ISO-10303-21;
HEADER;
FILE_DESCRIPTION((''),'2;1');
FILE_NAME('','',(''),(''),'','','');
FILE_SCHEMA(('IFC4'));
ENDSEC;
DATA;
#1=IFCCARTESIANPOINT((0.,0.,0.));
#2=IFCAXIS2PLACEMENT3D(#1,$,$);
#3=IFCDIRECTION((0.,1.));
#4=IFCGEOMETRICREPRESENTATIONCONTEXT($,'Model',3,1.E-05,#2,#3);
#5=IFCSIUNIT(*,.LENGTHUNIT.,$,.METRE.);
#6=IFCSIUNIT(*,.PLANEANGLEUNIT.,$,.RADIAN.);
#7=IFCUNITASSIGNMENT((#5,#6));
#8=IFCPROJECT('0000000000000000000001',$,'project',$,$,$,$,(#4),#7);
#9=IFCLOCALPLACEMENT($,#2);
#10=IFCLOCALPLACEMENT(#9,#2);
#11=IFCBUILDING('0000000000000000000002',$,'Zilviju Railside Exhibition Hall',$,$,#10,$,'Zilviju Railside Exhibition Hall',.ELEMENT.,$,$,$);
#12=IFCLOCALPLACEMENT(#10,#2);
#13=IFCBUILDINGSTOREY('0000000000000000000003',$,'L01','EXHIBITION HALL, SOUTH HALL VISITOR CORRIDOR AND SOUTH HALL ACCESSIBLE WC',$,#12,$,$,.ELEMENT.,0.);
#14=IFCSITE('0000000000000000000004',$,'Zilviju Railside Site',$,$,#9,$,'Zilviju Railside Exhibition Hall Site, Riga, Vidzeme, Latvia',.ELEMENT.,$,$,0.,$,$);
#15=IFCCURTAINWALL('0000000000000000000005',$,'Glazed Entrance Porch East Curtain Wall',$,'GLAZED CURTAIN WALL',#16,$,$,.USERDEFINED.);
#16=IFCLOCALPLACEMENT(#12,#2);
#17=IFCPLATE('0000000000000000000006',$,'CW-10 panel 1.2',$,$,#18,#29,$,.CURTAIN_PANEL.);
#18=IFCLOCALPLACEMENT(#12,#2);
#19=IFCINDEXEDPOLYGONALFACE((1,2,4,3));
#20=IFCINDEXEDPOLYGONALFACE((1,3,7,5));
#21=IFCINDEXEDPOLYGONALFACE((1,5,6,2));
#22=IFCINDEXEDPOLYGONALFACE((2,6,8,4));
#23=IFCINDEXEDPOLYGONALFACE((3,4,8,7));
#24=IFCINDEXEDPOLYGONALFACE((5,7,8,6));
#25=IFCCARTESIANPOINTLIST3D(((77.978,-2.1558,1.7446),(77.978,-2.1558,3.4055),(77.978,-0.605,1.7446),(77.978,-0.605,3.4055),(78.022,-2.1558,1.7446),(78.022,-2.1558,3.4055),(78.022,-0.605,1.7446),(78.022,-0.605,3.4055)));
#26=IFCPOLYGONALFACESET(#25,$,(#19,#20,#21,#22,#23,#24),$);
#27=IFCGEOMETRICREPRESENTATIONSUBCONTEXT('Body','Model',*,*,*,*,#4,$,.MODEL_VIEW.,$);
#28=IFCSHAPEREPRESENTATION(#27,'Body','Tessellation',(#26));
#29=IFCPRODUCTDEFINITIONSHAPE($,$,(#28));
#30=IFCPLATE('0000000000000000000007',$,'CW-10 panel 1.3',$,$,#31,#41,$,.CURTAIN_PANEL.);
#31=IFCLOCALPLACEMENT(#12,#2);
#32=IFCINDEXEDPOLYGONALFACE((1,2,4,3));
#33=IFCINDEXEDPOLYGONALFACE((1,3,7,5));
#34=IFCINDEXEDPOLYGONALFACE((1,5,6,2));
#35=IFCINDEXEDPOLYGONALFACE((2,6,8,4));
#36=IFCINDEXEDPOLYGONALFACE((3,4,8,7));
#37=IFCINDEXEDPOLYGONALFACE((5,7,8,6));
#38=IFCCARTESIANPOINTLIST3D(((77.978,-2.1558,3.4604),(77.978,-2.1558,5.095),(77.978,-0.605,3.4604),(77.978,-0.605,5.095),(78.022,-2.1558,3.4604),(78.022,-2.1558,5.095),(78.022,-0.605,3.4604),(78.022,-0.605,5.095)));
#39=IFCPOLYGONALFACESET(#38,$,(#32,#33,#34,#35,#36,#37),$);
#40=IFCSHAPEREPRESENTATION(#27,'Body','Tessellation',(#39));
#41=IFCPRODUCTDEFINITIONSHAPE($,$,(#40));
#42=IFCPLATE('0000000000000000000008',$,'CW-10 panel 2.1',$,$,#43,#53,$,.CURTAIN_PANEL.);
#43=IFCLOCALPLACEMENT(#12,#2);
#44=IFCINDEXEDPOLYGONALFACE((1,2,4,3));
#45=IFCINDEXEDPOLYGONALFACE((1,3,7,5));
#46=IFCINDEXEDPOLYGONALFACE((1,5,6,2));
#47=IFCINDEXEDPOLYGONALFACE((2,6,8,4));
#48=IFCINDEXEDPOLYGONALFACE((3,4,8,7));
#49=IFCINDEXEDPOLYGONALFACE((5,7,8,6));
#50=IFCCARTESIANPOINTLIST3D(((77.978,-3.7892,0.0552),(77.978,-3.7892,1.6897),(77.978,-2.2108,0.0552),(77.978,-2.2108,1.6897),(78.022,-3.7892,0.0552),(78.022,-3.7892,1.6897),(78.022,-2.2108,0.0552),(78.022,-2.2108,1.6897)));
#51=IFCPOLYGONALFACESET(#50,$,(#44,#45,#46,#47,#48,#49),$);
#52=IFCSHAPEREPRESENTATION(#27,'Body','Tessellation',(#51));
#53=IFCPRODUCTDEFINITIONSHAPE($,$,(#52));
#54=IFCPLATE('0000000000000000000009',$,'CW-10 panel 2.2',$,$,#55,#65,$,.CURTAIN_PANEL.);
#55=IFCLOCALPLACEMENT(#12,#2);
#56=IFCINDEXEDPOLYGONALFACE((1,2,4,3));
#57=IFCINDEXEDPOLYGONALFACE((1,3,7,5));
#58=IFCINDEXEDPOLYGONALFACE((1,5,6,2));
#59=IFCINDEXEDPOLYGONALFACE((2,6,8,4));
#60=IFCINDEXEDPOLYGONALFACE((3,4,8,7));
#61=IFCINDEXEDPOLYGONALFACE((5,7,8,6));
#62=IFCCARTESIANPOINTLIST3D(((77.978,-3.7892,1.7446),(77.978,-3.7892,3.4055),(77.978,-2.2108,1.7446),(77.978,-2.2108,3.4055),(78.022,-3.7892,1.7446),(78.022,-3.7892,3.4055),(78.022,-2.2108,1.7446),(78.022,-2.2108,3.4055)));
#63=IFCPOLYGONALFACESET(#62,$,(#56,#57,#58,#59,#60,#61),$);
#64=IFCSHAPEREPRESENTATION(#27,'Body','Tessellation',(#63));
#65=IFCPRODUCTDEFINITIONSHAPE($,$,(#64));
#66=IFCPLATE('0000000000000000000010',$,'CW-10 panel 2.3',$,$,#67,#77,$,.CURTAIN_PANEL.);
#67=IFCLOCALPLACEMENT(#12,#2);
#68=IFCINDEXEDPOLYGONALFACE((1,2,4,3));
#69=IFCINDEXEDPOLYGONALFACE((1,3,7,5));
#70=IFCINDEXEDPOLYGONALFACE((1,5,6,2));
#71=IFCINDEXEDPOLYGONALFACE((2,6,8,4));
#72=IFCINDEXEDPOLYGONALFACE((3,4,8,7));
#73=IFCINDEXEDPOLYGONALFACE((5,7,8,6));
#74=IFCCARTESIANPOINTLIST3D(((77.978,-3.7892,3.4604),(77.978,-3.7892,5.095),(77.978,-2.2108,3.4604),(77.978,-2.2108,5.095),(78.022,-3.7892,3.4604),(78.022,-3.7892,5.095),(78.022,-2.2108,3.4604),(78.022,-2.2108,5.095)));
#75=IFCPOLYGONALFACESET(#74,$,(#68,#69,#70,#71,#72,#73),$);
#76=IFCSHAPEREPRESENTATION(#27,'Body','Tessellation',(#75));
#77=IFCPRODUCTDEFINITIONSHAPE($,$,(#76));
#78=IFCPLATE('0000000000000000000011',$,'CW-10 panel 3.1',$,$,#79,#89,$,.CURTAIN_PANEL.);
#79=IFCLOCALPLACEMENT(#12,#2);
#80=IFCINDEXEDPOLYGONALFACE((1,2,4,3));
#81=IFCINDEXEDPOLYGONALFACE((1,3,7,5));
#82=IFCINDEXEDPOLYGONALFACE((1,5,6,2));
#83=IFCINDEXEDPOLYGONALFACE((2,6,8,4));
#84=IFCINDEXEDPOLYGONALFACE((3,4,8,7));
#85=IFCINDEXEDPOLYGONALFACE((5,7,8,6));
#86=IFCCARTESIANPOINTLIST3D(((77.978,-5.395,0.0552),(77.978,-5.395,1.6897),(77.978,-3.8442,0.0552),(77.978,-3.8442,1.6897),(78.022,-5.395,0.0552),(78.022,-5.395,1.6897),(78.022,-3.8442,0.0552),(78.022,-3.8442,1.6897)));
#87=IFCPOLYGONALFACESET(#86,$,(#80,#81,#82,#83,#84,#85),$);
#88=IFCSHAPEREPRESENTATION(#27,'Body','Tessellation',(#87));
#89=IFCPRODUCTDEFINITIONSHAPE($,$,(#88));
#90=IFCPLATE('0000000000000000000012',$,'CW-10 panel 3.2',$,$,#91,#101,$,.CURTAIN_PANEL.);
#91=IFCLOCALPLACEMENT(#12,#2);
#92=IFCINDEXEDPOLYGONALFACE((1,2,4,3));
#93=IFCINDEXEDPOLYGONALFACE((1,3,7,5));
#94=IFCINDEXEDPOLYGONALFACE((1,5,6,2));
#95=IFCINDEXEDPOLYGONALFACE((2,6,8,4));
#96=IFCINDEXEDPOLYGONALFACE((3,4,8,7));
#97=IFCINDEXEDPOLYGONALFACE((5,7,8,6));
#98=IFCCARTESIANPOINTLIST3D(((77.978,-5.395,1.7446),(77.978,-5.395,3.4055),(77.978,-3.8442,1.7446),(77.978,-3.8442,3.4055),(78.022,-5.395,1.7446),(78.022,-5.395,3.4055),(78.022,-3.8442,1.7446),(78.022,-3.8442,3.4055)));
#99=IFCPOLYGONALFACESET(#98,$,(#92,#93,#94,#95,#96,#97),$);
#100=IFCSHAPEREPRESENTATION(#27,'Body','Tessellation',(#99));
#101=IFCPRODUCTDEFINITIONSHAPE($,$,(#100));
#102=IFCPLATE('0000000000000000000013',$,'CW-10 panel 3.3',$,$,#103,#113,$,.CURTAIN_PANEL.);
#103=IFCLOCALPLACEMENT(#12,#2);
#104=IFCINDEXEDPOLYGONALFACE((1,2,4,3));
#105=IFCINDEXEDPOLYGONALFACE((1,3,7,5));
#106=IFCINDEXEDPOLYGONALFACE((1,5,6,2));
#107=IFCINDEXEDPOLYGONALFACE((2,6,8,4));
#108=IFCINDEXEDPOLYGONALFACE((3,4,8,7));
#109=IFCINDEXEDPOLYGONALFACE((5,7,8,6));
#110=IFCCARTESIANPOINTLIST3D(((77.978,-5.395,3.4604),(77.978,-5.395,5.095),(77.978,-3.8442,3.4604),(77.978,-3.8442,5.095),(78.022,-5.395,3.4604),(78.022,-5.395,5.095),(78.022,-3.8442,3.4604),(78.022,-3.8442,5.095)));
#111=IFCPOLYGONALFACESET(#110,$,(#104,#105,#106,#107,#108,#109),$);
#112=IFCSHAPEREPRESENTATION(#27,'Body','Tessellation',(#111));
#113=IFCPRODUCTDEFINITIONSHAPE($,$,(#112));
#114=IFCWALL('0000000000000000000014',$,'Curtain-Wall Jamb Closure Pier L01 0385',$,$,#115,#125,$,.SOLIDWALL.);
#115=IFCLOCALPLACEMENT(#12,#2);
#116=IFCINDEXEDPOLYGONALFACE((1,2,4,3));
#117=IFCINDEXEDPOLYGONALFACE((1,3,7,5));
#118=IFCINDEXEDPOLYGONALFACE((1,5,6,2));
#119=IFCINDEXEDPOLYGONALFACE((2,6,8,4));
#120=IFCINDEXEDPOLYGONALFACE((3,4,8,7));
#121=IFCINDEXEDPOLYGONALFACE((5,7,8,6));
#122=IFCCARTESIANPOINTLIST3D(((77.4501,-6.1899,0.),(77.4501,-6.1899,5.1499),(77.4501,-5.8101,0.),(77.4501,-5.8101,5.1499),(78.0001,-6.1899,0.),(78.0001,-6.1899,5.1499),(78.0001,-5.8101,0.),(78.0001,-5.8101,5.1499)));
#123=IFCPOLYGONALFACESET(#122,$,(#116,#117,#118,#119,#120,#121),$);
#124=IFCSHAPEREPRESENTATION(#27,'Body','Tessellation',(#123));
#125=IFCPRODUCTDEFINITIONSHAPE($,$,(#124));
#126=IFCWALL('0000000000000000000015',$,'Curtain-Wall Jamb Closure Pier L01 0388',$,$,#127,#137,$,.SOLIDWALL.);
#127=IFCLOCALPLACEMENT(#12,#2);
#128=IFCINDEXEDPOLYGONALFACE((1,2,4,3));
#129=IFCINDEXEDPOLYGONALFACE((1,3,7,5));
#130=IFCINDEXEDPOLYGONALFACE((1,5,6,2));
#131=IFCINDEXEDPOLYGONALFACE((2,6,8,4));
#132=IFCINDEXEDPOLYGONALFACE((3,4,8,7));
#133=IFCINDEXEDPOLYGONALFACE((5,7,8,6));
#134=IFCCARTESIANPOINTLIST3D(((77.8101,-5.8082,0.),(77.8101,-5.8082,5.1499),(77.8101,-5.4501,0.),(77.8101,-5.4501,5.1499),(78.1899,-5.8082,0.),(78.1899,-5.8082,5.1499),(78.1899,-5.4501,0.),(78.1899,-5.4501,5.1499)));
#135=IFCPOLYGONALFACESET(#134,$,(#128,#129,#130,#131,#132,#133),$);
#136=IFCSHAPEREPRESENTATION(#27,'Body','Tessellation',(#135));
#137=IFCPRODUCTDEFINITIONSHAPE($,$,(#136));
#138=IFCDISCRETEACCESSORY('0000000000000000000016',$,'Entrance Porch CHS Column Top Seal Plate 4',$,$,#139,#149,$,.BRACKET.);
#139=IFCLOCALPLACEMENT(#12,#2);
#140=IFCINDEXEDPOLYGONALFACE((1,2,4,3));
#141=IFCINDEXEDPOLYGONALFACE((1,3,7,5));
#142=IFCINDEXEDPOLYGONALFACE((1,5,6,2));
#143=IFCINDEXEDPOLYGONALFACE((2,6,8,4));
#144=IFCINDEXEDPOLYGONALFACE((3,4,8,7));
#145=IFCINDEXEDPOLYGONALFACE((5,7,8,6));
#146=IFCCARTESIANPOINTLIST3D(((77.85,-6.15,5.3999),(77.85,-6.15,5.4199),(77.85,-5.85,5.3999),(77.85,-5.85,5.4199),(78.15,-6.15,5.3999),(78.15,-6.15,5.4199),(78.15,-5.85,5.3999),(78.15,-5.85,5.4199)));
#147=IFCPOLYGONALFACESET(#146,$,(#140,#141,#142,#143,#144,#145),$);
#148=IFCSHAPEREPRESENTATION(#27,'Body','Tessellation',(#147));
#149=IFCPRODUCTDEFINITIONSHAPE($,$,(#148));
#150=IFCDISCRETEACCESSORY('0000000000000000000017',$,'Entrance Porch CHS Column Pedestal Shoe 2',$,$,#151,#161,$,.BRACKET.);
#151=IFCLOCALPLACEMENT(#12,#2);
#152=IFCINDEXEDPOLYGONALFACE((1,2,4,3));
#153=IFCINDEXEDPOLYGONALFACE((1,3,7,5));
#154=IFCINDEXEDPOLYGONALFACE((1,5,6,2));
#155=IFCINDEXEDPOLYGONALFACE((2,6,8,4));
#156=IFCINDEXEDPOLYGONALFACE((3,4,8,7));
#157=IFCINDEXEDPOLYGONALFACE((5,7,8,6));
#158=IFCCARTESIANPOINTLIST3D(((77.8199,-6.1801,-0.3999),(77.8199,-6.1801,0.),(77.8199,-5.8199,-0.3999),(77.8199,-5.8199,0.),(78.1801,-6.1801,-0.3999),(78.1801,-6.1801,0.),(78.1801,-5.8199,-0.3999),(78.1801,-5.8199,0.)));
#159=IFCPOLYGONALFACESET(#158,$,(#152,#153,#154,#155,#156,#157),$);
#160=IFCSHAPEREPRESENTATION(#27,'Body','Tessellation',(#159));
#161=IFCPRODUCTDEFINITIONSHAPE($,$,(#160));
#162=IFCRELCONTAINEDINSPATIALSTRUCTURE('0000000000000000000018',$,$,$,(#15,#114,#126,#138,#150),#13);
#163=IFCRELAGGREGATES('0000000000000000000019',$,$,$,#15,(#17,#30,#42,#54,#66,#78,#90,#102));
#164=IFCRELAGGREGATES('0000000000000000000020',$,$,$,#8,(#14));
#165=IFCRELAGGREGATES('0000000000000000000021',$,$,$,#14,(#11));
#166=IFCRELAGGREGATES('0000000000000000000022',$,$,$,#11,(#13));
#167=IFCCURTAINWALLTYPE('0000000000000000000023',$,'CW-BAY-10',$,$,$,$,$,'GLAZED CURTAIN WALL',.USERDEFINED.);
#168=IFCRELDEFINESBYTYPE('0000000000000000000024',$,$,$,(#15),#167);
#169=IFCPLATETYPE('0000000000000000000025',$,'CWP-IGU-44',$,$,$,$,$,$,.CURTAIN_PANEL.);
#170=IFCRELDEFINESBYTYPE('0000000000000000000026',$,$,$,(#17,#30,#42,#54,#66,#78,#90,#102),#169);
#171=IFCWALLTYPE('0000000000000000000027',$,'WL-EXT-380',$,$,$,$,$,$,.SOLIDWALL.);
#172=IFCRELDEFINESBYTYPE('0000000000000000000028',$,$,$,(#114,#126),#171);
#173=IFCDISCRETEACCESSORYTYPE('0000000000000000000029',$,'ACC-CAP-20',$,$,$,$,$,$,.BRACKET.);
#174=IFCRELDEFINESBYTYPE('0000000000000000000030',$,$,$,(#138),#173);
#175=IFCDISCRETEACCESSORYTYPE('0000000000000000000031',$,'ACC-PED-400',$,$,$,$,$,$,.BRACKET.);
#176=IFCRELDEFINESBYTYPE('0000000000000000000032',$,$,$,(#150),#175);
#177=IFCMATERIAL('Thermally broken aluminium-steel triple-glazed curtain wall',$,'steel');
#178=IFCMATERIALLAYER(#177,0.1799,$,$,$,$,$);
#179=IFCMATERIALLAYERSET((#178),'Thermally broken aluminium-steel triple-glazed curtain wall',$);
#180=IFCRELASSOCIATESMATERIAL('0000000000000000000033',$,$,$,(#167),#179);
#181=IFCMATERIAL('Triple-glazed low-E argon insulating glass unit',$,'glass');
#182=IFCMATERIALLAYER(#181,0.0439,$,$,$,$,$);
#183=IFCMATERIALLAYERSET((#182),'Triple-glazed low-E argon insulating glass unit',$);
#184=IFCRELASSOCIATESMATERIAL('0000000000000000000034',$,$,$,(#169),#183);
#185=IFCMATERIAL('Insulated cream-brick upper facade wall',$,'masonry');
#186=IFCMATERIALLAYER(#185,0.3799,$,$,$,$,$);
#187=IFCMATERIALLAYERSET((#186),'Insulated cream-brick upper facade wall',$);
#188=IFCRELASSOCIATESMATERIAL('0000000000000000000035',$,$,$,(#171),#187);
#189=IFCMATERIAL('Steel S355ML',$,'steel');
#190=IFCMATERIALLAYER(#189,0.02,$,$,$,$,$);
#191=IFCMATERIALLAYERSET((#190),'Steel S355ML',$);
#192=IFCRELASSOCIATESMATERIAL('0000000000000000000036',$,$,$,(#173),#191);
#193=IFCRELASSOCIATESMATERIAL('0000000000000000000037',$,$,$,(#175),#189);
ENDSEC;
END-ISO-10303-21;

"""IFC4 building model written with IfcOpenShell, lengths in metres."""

from ifc_helpers import new_model, si_unit, direction, frame, frame_2d, origin, origin_2d, place, context, subcontext, project, spatial, rectangle, extrude, material, layer, layer_set, type_object, element, aggregate, save


model = new_model("IFC4")

# Units and contexts
model_context = context("Model", 3, precision=1e-05, world=origin(), true_north=direction((0.0, 1.0)))
body_context = subcontext(model_context, "Body", "Model", "MODEL_VIEW")
ifc_project = project(units=[si_unit("LENGTHUNIT", "METRE"), si_unit("PLANEANGLEUNIT", "RADIAN")], contexts=[model_context])

# Site, building, storey
site_placement = place(None, origin())
site = spatial("IfcSite", under=ifc_project, at=site_placement, Name="Zilviju Railside Site", LongName="Zilviju Railside Exhibition Hall Site, Riga, Vidzeme, Latvia", CompositionType="ELEMENT", RefElevation=0.0)
building_placement = place(site_placement, origin())
building = spatial("IfcBuilding", under=site, at=building_placement, Name="Zilviju Railside Exhibition Hall", LongName="Zilviju Railside Exhibition Hall", CompositionType="ELEMENT")
storey_placement = place(building_placement, origin())
storey = spatial("IfcBuildingStorey", under=building, at=storey_placement, Name="L01", Description="EXHIBITION HALL, SOUTH HALL VISITOR CORRIDOR AND SOUTH HALL ACCESSIBLE WC", CompositionType="ELEMENT", Elevation=0.0)

# Shared definitions
ifc_material_1 = material(Name="Steel S355ML", Category="steel")

# Curtain wall
ifc_material_2 = material(Name="Thermally broken aluminium-steel triple-glazed curtain wall", Category="steel")
ifc_layer_1 = layer(ifc_material_2, 0.1799)
ifc_layer_set_1 = layer_set([ifc_layer_1], Name="Thermally broken aluminium-steel triple-glazed curtain wall")
curtain_wall_type_1 = type_object("IfcCurtainWallType", Name="CW-BAY-10", ElementType="GLAZED CURTAIN WALL", PredefinedType="USERDEFINED", material=ifc_layer_set_1)
curtain_wall_1_placement = place(storey_placement, origin())
curtain_wall_1 = element("IfcCurtainWall", 1, at=curtain_wall_1_placement, inside=storey, type_object=curtain_wall_type_1, Name="Glazed Entrance Porch East Curtain Wall", ObjectType="GLAZED CURTAIN WALL", PredefinedType="USERDEFINED")

# Plates
ifc_material_3 = material(Name="Triple-glazed low-E argon insulating glass unit", Category="glass")
ifc_layer_2 = layer(ifc_material_3, 0.0439)
ifc_layer_set_2 = layer_set([ifc_layer_2], Name="Triple-glazed low-E argon insulating glass unit")
plate_type = type_object("IfcPlateType", Name="CWP-IGU-44", PredefinedType="CURTAIN_PANEL", material=ifc_layer_set_2)
plate_1_placement = place(storey_placement, frame((78.0, -1.3804, 1.7446), z_axis=(0.0, 0.0, 1.0), x_axis=(0.0, -1.0, 0.0)))
plate_1 = element("IfcPlate", 2, at=plate_1_placement, type_object=plate_type, Name="CW-10 panel 1.2", PredefinedType="CURTAIN_PANEL", context=body_context, shape_type="SweptSolid", body=[
    extrude(rectangle(XDim=1.5508, YDim=0.0439, at=origin_2d()), origin(), (0.0, 0.0, 1.0), 1.6609),
])
plate_2_placement = place(storey_placement, frame((78.0, -1.3804, 3.4604), z_axis=(0.0, 0.0, 1.0), x_axis=(0.0, -1.0, 0.0)))
plate_2 = element("IfcPlate", 3, at=plate_2_placement, type_object=plate_type, Name="CW-10 panel 1.3", PredefinedType="CURTAIN_PANEL", context=body_context, shape_type="SweptSolid", body=[
    extrude(rectangle(XDim=1.5508, YDim=0.0439, at=origin_2d()), origin(), (0.0, 0.0, 1.0), 1.6345),
])
plate_3_placement = place(storey_placement, frame((78.0, -3.0, 0.0552), z_axis=(0.0, 0.0, 1.0), x_axis=(0.0, -1.0, 0.0)))
plate_3 = element("IfcPlate", 4, at=plate_3_placement, type_object=plate_type, Name="CW-10 panel 2.1", PredefinedType="CURTAIN_PANEL", context=body_context, shape_type="SweptSolid", body=[
    extrude(rectangle(XDim=1.5784, YDim=0.0439, at=origin_2d()), origin(), (0.0, 0.0, 1.0), 1.6345),
])
plate_4_placement = place(storey_placement, frame((78.0, -3.0, 1.7446), z_axis=(0.0, 0.0, 1.0), x_axis=(0.0, -1.0, 0.0)))
plate_4 = element("IfcPlate", 5, at=plate_4_placement, type_object=plate_type, Name="CW-10 panel 2.2", PredefinedType="CURTAIN_PANEL", context=body_context, shape_type="SweptSolid", body=[
    extrude(rectangle(XDim=1.5784, YDim=0.0439, at=origin_2d()), origin(), (0.0, 0.0, 1.0), 1.6609),
])
plate_5_placement = place(storey_placement, frame((78.0, -3.0, 3.4604), z_axis=(0.0, 0.0, 1.0), x_axis=(0.0, -1.0, 0.0)))
plate_5 = element("IfcPlate", 6, at=plate_5_placement, type_object=plate_type, Name="CW-10 panel 2.3", PredefinedType="CURTAIN_PANEL", context=body_context, shape_type="SweptSolid", body=[
    extrude(rectangle(XDim=1.5784, YDim=0.0439, at=origin_2d()), origin(), (0.0, 0.0, 1.0), 1.6345),
])
plate_6_placement = place(storey_placement, frame((78.0, -4.6196, 0.0552), z_axis=(0.0, 0.0, 1.0), x_axis=(0.0, -1.0, 0.0)))
plate_6 = element("IfcPlate", 7, at=plate_6_placement, type_object=plate_type, Name="CW-10 panel 3.1", PredefinedType="CURTAIN_PANEL", context=body_context, shape_type="SweptSolid", body=[
    extrude(rectangle(XDim=1.5508, YDim=0.0439, at=origin_2d()), origin(), (0.0, 0.0, 1.0), 1.6345),
])
plate_7_placement = place(storey_placement, frame((78.0, -4.6196, 1.7446), z_axis=(0.0, 0.0, 1.0), x_axis=(0.0, -1.0, 0.0)))
plate_7 = element("IfcPlate", 8, at=plate_7_placement, type_object=plate_type, Name="CW-10 panel 3.2", PredefinedType="CURTAIN_PANEL", context=body_context, shape_type="SweptSolid", body=[
    extrude(rectangle(XDim=1.5508, YDim=0.0439, at=origin_2d()), origin(), (0.0, 0.0, 1.0), 1.6609),
])
plate_8_placement = place(storey_placement, frame((78.0, -4.6196, 3.4604), z_axis=(0.0, 0.0, 1.0), x_axis=(0.0, -1.0, 0.0)))
plate_8 = element("IfcPlate", 9, at=plate_8_placement, type_object=plate_type, Name="CW-10 panel 3.3", PredefinedType="CURTAIN_PANEL", context=body_context, shape_type="SweptSolid", body=[
    extrude(rectangle(XDim=1.5508, YDim=0.0439, at=origin_2d()), origin(), (0.0, 0.0, 1.0), 1.6345),
])
aggregate(curtain_wall_1, [plate_1, plate_2, plate_3, plate_4, plate_5, plate_6, plate_7, plate_8])

# Walls
ifc_material_4 = material(Name="Insulated cream-brick upper facade wall", Category="masonry")
ifc_layer_3 = layer(ifc_material_4, 0.3799)
ifc_layer_set_3 = layer_set([ifc_layer_3], Name="Insulated cream-brick upper facade wall")
wall_type = type_object("IfcWallType", Name="WL-EXT-380", PredefinedType="SOLIDWALL", material=ifc_layer_set_3)
wall_1_placement = place(storey_placement, frame((78.0, -6.0, 0.0), z_axis=(0.0, 0.0, 1.0), x_axis=(-1.0, 0.0, 0.0)))
element("IfcWall", 10, at=wall_1_placement, inside=storey, type_object=wall_type, Name="Curtain-Wall Jamb Closure Pier L01 0385", PredefinedType="SOLIDWALL", context=body_context, shape_type="SweptSolid", body=[
    extrude(rectangle(XDim=0.55, YDim=0.3799, at=frame_2d((0.2749, 0.0))), origin(), (0.0, 0.0, 1.0), 5.1499),
])
wall_2_placement = place(storey_placement, frame((78.0, -5.45, 0.0), z_axis=(0.0, 0.0, 1.0), x_axis=(0.0, -1.0, 0.0)))
element("IfcWall", 11, at=wall_2_placement, inside=storey, type_object=wall_type, Name="Curtain-Wall Jamb Closure Pier L01 0388", PredefinedType="SOLIDWALL", context=body_context, shape_type="SweptSolid", body=[
    extrude(rectangle(XDim=0.3582, YDim=0.3799, at=frame_2d((0.1792, 0.0))), origin(), (0.0, 0.0, 1.0), 5.1499),
])

# Discrete accessories
ifc_layer_4 = layer(ifc_material_1, 0.02)
ifc_layer_set_4 = layer_set([ifc_layer_4], Name="Steel S355ML")
discrete_accessory_type_1 = type_object("IfcDiscreteAccessoryType", Name="ACC-CAP-20", PredefinedType="BRACKET", material=ifc_layer_set_4)
discrete_accessory_1_placement = place(storey_placement, frame((78.0, -6.0, 5.3999), z_axis=(0.0, 0.0, 1.0), x_axis=(1.0, 0.0, 0.0)))
element("IfcDiscreteAccessory", 12, at=discrete_accessory_1_placement, inside=storey, type_object=discrete_accessory_type_1, Name="Entrance Porch CHS Column Top Seal Plate 4", PredefinedType="BRACKET", context=body_context, shape_type="SweptSolid", body=[
    extrude(rectangle(XDim=0.3, YDim=0.3, at=origin_2d()), origin(), (0.0, 0.0, 1.0), 0.02),
])
discrete_accessory_type_2 = type_object("IfcDiscreteAccessoryType", Name="ACC-PED-400", PredefinedType="BRACKET", material=ifc_material_1)
discrete_accessory_2_placement = place(storey_placement, frame((78.0, -6.0, -0.3999), z_axis=(0.0, 0.0, 1.0), x_axis=(1.0, 0.0, 0.0)))
element("IfcDiscreteAccessory", 13, at=discrete_accessory_2_placement, inside=storey, type_object=discrete_accessory_type_2, Name="Entrance Porch CHS Column Pedestal Shoe 2", PredefinedType="BRACKET", context=body_context, shape_type="SweptSolid", body=[
    extrude(rectangle(XDim=0.3601, YDim=0.3601, at=origin_2d()), origin(), (0.0, 0.0, 1.0), 0.3999),
])

save(model, "model.ifc")
